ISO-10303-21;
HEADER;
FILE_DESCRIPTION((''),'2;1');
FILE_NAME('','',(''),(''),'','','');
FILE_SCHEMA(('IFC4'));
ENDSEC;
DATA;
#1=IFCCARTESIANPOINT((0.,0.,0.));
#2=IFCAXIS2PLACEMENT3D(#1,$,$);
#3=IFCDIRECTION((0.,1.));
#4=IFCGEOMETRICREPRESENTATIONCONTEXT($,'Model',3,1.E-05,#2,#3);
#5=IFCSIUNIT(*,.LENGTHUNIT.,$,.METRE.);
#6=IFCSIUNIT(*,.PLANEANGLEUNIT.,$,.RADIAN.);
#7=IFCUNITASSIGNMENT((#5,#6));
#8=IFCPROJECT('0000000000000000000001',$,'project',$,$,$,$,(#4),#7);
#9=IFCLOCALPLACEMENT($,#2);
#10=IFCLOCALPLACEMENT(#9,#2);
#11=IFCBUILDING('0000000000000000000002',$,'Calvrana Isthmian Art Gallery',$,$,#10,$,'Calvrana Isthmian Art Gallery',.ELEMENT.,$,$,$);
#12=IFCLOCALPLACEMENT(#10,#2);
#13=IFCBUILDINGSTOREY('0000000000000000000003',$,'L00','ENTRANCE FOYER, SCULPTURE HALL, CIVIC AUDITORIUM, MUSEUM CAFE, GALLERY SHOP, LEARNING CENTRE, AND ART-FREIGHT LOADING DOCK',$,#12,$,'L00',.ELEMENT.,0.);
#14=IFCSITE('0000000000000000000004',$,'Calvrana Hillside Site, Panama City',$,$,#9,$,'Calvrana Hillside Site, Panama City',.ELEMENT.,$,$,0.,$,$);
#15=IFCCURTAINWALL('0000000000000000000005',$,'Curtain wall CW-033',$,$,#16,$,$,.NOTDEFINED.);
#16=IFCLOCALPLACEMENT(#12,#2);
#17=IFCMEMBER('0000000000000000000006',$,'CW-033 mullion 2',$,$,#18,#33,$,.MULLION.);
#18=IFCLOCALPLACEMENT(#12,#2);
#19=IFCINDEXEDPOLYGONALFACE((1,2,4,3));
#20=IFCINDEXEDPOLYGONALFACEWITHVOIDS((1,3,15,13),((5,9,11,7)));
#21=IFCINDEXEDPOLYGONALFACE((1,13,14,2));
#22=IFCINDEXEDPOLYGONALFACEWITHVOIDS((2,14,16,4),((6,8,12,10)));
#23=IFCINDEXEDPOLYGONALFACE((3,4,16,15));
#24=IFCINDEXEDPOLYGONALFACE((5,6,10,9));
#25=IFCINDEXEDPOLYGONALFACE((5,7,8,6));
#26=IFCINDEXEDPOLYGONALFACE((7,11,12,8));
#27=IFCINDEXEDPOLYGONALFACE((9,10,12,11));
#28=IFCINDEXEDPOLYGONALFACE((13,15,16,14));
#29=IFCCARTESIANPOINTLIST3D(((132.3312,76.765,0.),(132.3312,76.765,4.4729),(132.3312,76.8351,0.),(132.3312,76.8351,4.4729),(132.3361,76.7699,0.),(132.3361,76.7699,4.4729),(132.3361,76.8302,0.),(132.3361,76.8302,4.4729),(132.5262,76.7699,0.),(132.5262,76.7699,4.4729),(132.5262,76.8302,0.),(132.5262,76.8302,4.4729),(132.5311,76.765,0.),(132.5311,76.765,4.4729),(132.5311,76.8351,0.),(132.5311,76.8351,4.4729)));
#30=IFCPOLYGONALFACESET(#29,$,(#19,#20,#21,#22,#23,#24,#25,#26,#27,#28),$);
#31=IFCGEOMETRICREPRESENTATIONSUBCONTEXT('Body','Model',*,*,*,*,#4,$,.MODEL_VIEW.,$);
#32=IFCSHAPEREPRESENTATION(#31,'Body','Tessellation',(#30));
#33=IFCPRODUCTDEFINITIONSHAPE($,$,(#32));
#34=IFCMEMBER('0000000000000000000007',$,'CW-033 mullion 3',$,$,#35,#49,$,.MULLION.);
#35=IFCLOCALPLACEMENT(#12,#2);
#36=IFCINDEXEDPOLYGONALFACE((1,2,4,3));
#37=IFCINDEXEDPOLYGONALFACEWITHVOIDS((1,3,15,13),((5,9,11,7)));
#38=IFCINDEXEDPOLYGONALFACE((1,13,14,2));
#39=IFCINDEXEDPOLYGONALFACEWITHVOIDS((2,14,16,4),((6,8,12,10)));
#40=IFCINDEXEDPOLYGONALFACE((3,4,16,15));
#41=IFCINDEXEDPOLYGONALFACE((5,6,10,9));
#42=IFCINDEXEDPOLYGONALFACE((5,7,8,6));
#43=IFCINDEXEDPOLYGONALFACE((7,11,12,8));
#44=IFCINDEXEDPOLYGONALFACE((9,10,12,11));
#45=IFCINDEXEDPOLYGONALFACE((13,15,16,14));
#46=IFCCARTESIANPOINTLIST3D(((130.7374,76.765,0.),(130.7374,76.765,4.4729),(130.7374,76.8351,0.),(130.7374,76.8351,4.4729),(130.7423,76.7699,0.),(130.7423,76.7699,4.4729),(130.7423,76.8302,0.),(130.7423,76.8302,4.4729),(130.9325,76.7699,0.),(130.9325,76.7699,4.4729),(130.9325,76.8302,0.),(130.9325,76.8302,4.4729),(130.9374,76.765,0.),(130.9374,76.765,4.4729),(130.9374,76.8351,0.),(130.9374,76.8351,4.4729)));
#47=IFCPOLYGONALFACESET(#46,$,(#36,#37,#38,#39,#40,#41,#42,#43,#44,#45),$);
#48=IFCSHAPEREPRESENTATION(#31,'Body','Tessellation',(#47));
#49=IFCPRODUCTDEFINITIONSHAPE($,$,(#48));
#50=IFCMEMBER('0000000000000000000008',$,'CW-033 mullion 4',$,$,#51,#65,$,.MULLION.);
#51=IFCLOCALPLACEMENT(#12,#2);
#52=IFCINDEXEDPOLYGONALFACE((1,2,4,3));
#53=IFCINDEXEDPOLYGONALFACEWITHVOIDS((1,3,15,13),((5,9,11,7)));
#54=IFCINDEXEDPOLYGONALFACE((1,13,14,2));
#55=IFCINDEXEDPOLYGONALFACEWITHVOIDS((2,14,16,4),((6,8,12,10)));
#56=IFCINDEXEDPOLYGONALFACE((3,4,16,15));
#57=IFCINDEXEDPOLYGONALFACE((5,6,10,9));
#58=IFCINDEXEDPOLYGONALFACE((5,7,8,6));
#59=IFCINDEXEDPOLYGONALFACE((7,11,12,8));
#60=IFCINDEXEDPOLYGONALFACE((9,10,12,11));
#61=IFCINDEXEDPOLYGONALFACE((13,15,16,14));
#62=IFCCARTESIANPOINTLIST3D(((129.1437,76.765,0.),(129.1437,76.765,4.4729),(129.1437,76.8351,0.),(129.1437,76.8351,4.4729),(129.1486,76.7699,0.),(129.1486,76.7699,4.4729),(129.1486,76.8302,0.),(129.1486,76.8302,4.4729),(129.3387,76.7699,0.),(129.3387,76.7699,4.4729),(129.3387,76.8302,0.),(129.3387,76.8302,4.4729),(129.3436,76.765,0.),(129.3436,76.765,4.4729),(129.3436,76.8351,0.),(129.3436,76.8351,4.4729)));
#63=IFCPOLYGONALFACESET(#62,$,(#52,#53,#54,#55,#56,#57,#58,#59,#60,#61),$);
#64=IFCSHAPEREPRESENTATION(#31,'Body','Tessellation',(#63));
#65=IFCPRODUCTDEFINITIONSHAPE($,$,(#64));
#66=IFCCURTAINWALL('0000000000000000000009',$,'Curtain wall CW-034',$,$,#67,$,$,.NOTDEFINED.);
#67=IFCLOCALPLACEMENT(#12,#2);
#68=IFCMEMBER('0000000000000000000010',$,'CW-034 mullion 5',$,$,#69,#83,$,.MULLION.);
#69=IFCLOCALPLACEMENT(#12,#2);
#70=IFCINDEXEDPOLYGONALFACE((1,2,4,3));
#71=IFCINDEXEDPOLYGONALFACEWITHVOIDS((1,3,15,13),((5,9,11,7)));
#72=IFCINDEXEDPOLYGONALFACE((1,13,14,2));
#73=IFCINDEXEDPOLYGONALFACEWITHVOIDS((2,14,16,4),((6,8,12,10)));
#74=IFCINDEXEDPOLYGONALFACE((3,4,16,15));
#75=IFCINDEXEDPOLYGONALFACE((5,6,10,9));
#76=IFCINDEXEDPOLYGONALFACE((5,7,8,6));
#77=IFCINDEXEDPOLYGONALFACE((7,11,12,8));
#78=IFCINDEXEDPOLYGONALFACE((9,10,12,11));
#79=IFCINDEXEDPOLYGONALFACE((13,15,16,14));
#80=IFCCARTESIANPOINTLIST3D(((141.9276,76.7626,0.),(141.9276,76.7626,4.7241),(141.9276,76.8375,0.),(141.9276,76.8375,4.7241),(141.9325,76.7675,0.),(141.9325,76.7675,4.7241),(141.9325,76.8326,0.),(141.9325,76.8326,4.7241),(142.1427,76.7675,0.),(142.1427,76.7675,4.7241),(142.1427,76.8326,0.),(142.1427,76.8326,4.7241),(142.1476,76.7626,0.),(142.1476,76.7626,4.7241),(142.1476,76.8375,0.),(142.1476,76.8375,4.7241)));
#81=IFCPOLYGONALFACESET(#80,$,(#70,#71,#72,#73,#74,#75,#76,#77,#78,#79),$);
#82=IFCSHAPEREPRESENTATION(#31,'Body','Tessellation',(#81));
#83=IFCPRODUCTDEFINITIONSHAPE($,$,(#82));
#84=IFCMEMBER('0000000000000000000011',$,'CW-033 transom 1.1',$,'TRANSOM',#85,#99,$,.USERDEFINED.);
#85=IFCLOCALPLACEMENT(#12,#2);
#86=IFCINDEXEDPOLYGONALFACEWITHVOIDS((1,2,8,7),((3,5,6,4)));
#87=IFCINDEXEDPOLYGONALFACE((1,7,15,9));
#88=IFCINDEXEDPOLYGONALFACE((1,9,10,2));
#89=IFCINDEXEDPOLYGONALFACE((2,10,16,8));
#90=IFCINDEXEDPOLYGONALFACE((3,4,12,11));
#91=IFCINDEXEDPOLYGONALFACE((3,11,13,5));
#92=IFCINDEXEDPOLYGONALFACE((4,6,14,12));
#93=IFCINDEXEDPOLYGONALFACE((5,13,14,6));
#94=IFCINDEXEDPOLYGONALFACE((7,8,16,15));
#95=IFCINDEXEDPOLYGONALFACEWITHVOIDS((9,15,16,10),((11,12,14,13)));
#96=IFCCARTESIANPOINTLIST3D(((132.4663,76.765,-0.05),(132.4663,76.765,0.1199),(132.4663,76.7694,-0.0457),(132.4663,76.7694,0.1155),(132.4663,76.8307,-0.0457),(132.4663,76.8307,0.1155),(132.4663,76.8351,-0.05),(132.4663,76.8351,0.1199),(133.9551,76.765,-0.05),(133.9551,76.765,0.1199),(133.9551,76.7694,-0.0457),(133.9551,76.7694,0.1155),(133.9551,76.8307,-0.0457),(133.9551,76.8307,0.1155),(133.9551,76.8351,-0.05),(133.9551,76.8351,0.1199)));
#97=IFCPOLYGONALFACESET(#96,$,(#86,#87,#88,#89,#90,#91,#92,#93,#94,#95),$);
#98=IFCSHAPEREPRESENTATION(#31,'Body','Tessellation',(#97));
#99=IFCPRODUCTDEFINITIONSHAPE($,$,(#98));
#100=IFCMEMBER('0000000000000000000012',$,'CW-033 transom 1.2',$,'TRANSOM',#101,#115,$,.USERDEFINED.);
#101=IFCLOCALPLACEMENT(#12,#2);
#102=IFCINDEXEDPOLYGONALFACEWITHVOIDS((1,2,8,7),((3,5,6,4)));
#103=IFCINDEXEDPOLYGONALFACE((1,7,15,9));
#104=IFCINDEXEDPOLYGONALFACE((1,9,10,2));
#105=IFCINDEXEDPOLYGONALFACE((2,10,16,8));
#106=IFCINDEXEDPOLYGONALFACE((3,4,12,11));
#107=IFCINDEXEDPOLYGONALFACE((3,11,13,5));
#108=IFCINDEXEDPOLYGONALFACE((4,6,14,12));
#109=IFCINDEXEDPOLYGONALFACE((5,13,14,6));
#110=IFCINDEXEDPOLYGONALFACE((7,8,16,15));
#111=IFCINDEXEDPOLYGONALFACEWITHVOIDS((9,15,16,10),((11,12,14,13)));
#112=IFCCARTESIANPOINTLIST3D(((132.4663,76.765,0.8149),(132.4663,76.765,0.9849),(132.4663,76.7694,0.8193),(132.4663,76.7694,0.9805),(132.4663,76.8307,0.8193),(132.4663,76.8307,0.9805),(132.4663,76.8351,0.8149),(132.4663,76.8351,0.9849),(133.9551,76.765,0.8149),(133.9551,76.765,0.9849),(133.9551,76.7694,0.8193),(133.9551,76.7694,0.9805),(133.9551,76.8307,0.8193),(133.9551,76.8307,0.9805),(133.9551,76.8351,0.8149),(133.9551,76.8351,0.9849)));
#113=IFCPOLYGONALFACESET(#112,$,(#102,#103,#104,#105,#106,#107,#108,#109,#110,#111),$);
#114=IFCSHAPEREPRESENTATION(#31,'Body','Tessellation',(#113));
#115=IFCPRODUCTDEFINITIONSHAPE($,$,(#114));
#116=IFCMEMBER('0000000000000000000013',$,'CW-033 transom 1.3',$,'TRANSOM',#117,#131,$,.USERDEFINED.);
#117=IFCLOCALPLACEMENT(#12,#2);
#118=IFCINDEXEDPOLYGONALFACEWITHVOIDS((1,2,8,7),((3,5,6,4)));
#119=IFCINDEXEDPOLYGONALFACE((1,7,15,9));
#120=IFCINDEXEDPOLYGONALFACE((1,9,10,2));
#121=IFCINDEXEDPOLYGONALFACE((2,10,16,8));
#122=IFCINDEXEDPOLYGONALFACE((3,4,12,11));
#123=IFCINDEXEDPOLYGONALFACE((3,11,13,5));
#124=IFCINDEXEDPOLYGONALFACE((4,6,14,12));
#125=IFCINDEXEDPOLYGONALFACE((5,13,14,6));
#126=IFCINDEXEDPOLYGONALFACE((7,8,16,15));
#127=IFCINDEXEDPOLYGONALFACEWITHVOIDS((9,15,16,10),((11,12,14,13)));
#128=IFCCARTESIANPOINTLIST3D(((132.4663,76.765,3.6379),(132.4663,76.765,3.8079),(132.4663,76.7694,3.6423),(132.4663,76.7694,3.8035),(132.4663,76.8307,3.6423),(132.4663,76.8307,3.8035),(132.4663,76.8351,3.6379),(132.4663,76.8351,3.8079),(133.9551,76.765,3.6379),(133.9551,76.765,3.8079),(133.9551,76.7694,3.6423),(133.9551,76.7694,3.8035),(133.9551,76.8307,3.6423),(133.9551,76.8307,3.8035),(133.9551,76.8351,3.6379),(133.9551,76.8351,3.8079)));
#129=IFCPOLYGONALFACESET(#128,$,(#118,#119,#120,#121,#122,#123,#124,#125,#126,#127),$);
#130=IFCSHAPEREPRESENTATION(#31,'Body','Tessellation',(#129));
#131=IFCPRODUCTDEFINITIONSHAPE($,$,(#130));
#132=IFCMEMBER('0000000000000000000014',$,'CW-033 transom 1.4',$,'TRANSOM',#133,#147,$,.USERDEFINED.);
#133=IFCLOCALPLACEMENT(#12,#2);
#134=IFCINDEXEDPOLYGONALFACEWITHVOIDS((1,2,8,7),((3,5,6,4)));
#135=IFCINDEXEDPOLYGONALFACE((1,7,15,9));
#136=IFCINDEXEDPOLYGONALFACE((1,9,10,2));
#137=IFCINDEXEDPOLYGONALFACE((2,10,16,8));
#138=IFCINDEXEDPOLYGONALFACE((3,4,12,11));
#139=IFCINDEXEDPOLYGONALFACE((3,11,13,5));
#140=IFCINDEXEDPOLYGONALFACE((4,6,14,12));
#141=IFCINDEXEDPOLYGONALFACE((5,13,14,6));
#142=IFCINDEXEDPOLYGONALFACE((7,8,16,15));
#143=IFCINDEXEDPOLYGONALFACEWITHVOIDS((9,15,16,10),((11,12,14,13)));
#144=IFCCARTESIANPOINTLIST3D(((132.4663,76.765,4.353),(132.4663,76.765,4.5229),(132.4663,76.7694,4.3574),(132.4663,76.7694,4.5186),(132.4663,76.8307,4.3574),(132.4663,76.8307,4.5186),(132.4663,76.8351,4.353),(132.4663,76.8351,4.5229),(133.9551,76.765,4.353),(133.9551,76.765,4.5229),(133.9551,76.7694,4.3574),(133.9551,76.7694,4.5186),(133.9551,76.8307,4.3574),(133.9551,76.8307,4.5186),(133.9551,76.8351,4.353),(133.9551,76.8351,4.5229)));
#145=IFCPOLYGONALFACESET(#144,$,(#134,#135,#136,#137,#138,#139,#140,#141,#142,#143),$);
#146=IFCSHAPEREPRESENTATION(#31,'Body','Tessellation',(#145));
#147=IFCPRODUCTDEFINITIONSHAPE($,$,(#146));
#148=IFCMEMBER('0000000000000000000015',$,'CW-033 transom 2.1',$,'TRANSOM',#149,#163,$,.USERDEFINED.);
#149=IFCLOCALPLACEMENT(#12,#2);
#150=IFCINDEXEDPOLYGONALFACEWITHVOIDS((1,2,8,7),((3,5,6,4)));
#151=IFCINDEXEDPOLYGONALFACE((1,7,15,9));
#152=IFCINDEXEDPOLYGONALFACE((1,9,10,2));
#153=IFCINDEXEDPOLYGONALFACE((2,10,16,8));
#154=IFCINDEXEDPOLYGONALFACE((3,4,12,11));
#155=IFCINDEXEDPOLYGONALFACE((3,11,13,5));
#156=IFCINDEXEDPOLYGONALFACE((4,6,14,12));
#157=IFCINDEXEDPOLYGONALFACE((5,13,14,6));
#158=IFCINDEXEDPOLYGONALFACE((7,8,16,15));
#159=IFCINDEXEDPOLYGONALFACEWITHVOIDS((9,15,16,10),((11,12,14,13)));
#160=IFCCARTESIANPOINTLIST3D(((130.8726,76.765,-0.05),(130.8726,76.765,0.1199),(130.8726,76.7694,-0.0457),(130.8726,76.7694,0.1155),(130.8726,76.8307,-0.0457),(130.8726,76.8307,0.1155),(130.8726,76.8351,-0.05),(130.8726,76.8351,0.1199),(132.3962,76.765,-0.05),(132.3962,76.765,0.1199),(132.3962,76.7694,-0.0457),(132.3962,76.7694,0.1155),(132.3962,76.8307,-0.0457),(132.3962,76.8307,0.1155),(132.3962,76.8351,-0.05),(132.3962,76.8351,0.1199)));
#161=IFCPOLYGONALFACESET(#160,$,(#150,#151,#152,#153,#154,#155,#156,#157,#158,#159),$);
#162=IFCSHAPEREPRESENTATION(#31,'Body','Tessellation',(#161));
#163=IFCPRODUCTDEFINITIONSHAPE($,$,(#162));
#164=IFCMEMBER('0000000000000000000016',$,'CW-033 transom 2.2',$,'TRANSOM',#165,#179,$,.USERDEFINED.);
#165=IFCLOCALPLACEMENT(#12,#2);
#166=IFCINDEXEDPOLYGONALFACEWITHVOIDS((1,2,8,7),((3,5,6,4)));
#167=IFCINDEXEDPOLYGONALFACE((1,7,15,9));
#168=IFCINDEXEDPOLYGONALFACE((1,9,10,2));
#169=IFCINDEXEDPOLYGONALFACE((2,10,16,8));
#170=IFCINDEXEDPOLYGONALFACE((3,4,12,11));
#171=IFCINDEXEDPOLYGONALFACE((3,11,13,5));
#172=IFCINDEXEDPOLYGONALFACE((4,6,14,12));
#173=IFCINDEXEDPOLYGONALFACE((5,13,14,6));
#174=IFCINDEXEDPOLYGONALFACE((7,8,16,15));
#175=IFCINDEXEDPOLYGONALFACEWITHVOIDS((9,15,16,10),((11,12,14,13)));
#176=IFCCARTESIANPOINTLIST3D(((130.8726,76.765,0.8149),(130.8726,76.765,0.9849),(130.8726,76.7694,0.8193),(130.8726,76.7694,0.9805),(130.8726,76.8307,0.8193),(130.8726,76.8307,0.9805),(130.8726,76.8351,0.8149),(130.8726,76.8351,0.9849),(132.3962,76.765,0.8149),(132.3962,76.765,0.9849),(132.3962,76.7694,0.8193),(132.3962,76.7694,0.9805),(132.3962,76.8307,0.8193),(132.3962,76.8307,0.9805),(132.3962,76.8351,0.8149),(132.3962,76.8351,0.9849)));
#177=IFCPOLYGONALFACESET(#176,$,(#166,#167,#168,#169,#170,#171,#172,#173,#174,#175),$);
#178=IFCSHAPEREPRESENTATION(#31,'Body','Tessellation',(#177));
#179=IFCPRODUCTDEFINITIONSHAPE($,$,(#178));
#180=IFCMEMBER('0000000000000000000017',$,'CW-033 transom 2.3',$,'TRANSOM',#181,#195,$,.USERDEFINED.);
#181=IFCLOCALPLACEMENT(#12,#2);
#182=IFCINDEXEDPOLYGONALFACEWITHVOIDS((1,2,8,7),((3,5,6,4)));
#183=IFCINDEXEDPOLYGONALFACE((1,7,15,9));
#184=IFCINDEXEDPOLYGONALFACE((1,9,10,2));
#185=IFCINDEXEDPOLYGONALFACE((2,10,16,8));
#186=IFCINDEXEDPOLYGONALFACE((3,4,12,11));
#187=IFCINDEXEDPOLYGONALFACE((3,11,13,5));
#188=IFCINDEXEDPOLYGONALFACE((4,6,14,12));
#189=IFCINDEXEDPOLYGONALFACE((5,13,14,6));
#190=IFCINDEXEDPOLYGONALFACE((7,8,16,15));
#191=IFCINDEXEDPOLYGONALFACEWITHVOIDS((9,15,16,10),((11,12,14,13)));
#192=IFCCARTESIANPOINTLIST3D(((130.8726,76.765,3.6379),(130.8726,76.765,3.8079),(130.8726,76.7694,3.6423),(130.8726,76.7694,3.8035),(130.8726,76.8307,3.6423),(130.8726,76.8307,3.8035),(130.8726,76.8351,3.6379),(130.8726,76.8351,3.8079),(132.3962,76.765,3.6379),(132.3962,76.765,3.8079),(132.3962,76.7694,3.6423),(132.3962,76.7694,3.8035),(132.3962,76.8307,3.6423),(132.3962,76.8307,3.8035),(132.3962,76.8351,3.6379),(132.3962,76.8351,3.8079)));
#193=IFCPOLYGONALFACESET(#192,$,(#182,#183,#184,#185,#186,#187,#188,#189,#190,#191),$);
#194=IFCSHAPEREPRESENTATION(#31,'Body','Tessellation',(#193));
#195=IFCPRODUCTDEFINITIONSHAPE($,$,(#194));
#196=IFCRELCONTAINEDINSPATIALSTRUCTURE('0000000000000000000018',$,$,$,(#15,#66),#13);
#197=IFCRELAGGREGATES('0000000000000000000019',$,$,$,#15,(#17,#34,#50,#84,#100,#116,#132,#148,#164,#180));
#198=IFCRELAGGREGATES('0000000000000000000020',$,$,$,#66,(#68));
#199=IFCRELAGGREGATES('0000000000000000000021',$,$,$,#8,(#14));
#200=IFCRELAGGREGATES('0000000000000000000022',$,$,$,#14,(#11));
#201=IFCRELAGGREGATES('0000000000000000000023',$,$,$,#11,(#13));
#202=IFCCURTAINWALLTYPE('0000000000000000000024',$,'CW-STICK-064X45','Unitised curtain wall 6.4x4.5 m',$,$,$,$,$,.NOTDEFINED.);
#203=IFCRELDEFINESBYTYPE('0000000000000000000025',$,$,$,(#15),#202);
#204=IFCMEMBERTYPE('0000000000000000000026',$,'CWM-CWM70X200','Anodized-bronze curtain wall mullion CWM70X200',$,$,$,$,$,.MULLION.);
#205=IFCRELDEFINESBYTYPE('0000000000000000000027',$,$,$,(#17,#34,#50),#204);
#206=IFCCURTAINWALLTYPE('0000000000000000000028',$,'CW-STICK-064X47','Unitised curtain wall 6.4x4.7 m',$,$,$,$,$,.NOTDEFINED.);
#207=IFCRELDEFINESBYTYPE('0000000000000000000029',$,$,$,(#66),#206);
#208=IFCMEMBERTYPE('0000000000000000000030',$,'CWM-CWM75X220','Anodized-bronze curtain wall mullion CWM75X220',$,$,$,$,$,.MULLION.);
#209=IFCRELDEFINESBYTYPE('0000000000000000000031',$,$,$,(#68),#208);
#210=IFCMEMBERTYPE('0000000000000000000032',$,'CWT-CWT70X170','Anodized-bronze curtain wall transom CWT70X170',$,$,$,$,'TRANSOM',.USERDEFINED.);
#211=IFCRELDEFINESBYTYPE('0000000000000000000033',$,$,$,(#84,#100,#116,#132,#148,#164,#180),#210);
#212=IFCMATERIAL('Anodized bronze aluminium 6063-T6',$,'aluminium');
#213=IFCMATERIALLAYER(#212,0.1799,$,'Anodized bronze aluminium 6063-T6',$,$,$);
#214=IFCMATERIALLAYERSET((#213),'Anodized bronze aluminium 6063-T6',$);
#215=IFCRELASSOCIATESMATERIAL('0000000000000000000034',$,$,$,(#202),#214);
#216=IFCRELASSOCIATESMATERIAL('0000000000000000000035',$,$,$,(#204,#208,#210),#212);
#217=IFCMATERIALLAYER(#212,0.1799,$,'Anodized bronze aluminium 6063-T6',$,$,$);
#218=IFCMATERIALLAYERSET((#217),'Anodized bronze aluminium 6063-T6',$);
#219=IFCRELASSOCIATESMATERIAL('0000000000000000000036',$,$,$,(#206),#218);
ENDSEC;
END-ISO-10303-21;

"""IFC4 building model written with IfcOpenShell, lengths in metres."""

from ifc_helpers import new_model, si_unit, direction, frame, origin, origin_2d, place, context, subcontext, project, spatial, hollow_rectangle, extrude, material, layer, layer_set, material_profile, profile_set, type_object, element, aggregate, save


model = new_model("IFC4")

# Units and contexts
model_context = context("Model", 3, precision=1e-05, world=origin(), true_north=direction((0.0, 1.0)))
body_context = subcontext(model_context, "Body", "Model", "MODEL_VIEW")
ifc_project = project(units=[si_unit("LENGTHUNIT", "METRE"), si_unit("PLANEANGLEUNIT", "RADIAN")], contexts=[model_context])

# Site, building, storey
site_placement = place(None, origin())
site = spatial("IfcSite", under=ifc_project, at=site_placement, Name="Calvrana Hillside Site, Panama City", LongName="Calvrana Hillside Site, Panama City", CompositionType="ELEMENT", RefElevation=0.0)
building_placement = place(site_placement, origin())
building = spatial("IfcBuilding", under=site, at=building_placement, Name="Calvrana Isthmian Art Gallery", LongName="Calvrana Isthmian Art Gallery", CompositionType="ELEMENT")
storey_placement = place(building_placement, origin())
storey = spatial("IfcBuildingStorey", under=building, at=storey_placement, Name="L00", Description="ENTRANCE FOYER, SCULPTURE HALL, CIVIC AUDITORIUM, MUSEUM CAFE, GALLERY SHOP, LEARNING CENTRE, AND ART-FREIGHT LOADING DOCK", LongName="L00", CompositionType="ELEMENT", Elevation=0.0)

# Curtain wall, members
ifc_material_1 = material(Name="Anodized bronze aluminium 6063-T6", Category="aluminium")
ifc_layer_1 = layer(ifc_material_1, 0.1799, Name="Anodized bronze aluminium 6063-T6")
ifc_layer_set_1 = layer_set([ifc_layer_1], Name="Anodized bronze aluminium 6063-T6")
curtain_wall_type_1 = type_object("IfcCurtainWallType", Name="CW-STICK-064X45", Description="Unitised curtain wall 6.4x4.5 m", PredefinedType="NOTDEFINED", material=ifc_layer_set_1)
curtain_wall_1_placement = place(storey_placement, origin())
curtain_wall_1 = element("IfcCurtainWall", 1, at=curtain_wall_1_placement, inside=storey, type_object=curtain_wall_type_1, Name="Curtain wall CW-033", PredefinedType="NOTDEFINED")
ifc_material_profile_1 = material_profile(ifc_material_1, hollow_rectangle(XDim=0.0701, YDim=0.2, WallThickness=0.0049, at=origin_2d()), Name="CWM70X200")
ifc_profile_set_1 = profile_set([ifc_material_profile_1], Name="Anodized bronze aluminium 6063-T6")
member_type_1 = type_object("IfcMemberType", Name="CWM-CWM70X200", Description="Anodized-bronze curtain wall mullion CWM70X200", PredefinedType="MULLION", material=ifc_profile_set_1)
member_1_placement = place(storey_placement, frame((132.4312, 76.8, 0.0), z_axis=(0.0, 0.0, 1.0), x_axis=(0.0, -1.0, 0.0)))
member_1 = element("IfcMember", 2, at=member_1_placement, type_object=member_type_1, Name="CW-033 mullion 2", PredefinedType="MULLION", context=body_context, shape_type="SweptSolid", body=[
    extrude(hollow_rectangle(XDim=0.0701, YDim=0.2, WallThickness=0.0049, at=origin_2d()), origin(), (0.0, 0.0, 1.0), 4.4729),
])
member_2_placement = place(storey_placement, frame((130.8374, 76.8, 0.0), z_axis=(0.0, 0.0, 1.0), x_axis=(0.0, -1.0, 0.0)))
member_2 = element("IfcMember", 3, at=member_2_placement, type_object=member_type_1, Name="CW-033 mullion 3", PredefinedType="MULLION", context=body_context, shape_type="SweptSolid", body=[
    extrude(hollow_rectangle(XDim=0.0701, YDim=0.2, WallThickness=0.0049, at=origin_2d()), origin(), (0.0, 0.0, 1.0), 4.4729),
])
member_3_placement = place(storey_placement, frame((129.2437, 76.8, 0.0), z_axis=(0.0, 0.0, 1.0), x_axis=(0.0, -1.0, 0.0)))
member_3 = element("IfcMember", 4, at=member_3_placement, type_object=member_type_1, Name="CW-033 mullion 4", PredefinedType="MULLION", context=body_context, shape_type="SweptSolid", body=[
    extrude(hollow_rectangle(XDim=0.0701, YDim=0.2, WallThickness=0.0049, at=origin_2d()), origin(), (0.0, 0.0, 1.0), 4.4729),
])

# Curtain wall, member
ifc_layer_2 = layer(ifc_material_1, 0.1799, Name="Anodized bronze aluminium 6063-T6")
ifc_layer_set_2 = layer_set([ifc_layer_2], Name="Anodized bronze aluminium 6063-T6")
curtain_wall_type_2 = type_object("IfcCurtainWallType", Name="CW-STICK-064X47", Description="Unitised curtain wall 6.4x4.7 m", PredefinedType="NOTDEFINED", material=ifc_layer_set_2)
curtain_wall_2_placement = place(storey_placement, origin())
curtain_wall_2 = element("IfcCurtainWall", 5, at=curtain_wall_2_placement, inside=storey, type_object=curtain_wall_type_2, Name="Curtain wall CW-034", PredefinedType="NOTDEFINED")
ifc_material_profile_2 = material_profile(ifc_material_1, hollow_rectangle(XDim=0.075, YDim=0.22, WallThickness=0.0049, at=origin_2d()), Name="CWM75X220")
ifc_profile_set_2 = profile_set([ifc_material_profile_2], Name="Anodized bronze aluminium 6063-T6")
member_type_2 = type_object("IfcMemberType", Name="CWM-CWM75X220", Description="Anodized-bronze curtain wall mullion CWM75X220", PredefinedType="MULLION", material=ifc_profile_set_2)
member_4_placement = place(storey_placement, frame((142.0376, 76.8, 0.0), z_axis=(0.0, 0.0, 1.0), x_axis=(0.0, -1.0, 0.0)))
member_4 = element("IfcMember", 6, at=member_4_placement, type_object=member_type_2, Name="CW-034 mullion 5", PredefinedType="MULLION", context=body_context, shape_type="SweptSolid", body=[
    extrude(hollow_rectangle(XDim=0.075, YDim=0.22, WallThickness=0.0049, at=origin_2d()), origin(), (0.0, 0.0, 1.0), 4.7241),
])

# Members
ifc_material_profile_3 = material_profile(ifc_material_1, hollow_rectangle(XDim=0.0701, YDim=0.1699, WallThickness=0.0044, at=origin_2d()), Name="CWT70X170")
ifc_profile_set_3 = profile_set([ifc_material_profile_3], Name="Anodized bronze aluminium 6063-T6")
member_type_3 = type_object("IfcMemberType", Name="CWT-CWT70X170", Description="Anodized-bronze curtain wall transom CWT70X170", ElementType="TRANSOM", PredefinedType="USERDEFINED", material=ifc_profile_set_3)
member_5_placement = place(storey_placement, frame((133.9551, 76.8, 0.0349), z_axis=(-1.0, 0.0, 0.0), x_axis=(0.0, -1.0, 0.0)))
member_5 = element("IfcMember", 7, at=member_5_placement, type_object=member_type_3, Name="CW-033 transom 1.1", ObjectType="TRANSOM", PredefinedType="USERDEFINED", context=body_context, shape_type="SweptSolid", body=[
    extrude(hollow_rectangle(XDim=0.0701, YDim=0.1699, WallThickness=0.0044, at=origin_2d()), origin(), (0.0, 0.0, 1.0), 1.4888),
])
member_6_placement = place(storey_placement, frame((133.9551, 76.8, 0.8999), z_axis=(-1.0, 0.0, 0.0), x_axis=(0.0, -1.0, 0.0)))
member_6 = element("IfcMember", 8, at=member_6_placement, type_object=member_type_3, Name="CW-033 transom 1.2", ObjectType="TRANSOM", PredefinedType="USERDEFINED", context=body_context, shape_type="SweptSolid", body=[
    extrude(hollow_rectangle(XDim=0.0701, YDim=0.1699, WallThickness=0.0044, at=origin_2d()), origin(), (0.0, 0.0, 1.0), 1.4888),
])
member_7_placement = place(storey_placement, frame((133.9551, 76.8, 3.7229), z_axis=(-1.0, 0.0, 0.0), x_axis=(0.0, -1.0, 0.0)))
member_7 = element("IfcMember", 9, at=member_7_placement, type_object=member_type_3, Name="CW-033 transom 1.3", ObjectType="TRANSOM", PredefinedType="USERDEFINED", context=body_context, shape_type="SweptSolid", body=[
    extrude(hollow_rectangle(XDim=0.0701, YDim=0.1699, WallThickness=0.0044, at=origin_2d()), origin(), (0.0, 0.0, 1.0), 1.4888),
])
member_8_placement = place(storey_placement, frame((133.9551, 76.8, 4.438), z_axis=(-1.0, 0.0, 0.0), x_axis=(0.0, -1.0, 0.0)))
member_8 = element("IfcMember", 10, at=member_8_placement, type_object=member_type_3, Name="CW-033 transom 1.4", ObjectType="TRANSOM", PredefinedType="USERDEFINED", context=body_context, shape_type="SweptSolid", body=[
    extrude(hollow_rectangle(XDim=0.0701, YDim=0.1699, WallThickness=0.0044, at=origin_2d()), origin(), (0.0, 0.0, 1.0), 1.4888),
])
member_9_placement = place(storey_placement, frame((132.3962, 76.8, 0.0349), z_axis=(-1.0, 0.0, 0.0), x_axis=(0.0, -1.0, 0.0)))
member_9 = element("IfcMember", 11, at=member_9_placement, type_object=member_type_3, Name="CW-033 transom 2.1", ObjectType="TRANSOM", PredefinedType="USERDEFINED", context=body_context, shape_type="SweptSolid", body=[
    extrude(hollow_rectangle(XDim=0.0701, YDim=0.1699, WallThickness=0.0044, at=origin_2d()), origin(), (0.0, 0.0, 1.0), 1.5237),
])
member_10_placement = place(storey_placement, frame((132.3962, 76.8, 0.8999), z_axis=(-1.0, 0.0, 0.0), x_axis=(0.0, -1.0, 0.0)))
member_10 = element("IfcMember", 12, at=member_10_placement, type_object=member_type_3, Name="CW-033 transom 2.2", ObjectType="TRANSOM", PredefinedType="USERDEFINED", context=body_context, shape_type="SweptSolid", body=[
    extrude(hollow_rectangle(XDim=0.0701, YDim=0.1699, WallThickness=0.0044, at=origin_2d()), origin(), (0.0, 0.0, 1.0), 1.5237),
])
member_11_placement = place(storey_placement, frame((132.3962, 76.8, 3.7229), z_axis=(-1.0, 0.0, 0.0), x_axis=(0.0, -1.0, 0.0)))
member_11 = element("IfcMember", 13, at=member_11_placement, type_object=member_type_3, Name="CW-033 transom 2.3", ObjectType="TRANSOM", PredefinedType="USERDEFINED", context=body_context, shape_type="SweptSolid", body=[
    extrude(hollow_rectangle(XDim=0.0701, YDim=0.1699, WallThickness=0.0044, at=origin_2d()), origin(), (0.0, 0.0, 1.0), 1.5237),
])

aggregate(curtain_wall_1, [member_1, member_2, member_3, member_5, member_6, member_7, member_8, member_9, member_10, member_11])
aggregate(curtain_wall_2, [member_4])

save(model, "model.ifc")
